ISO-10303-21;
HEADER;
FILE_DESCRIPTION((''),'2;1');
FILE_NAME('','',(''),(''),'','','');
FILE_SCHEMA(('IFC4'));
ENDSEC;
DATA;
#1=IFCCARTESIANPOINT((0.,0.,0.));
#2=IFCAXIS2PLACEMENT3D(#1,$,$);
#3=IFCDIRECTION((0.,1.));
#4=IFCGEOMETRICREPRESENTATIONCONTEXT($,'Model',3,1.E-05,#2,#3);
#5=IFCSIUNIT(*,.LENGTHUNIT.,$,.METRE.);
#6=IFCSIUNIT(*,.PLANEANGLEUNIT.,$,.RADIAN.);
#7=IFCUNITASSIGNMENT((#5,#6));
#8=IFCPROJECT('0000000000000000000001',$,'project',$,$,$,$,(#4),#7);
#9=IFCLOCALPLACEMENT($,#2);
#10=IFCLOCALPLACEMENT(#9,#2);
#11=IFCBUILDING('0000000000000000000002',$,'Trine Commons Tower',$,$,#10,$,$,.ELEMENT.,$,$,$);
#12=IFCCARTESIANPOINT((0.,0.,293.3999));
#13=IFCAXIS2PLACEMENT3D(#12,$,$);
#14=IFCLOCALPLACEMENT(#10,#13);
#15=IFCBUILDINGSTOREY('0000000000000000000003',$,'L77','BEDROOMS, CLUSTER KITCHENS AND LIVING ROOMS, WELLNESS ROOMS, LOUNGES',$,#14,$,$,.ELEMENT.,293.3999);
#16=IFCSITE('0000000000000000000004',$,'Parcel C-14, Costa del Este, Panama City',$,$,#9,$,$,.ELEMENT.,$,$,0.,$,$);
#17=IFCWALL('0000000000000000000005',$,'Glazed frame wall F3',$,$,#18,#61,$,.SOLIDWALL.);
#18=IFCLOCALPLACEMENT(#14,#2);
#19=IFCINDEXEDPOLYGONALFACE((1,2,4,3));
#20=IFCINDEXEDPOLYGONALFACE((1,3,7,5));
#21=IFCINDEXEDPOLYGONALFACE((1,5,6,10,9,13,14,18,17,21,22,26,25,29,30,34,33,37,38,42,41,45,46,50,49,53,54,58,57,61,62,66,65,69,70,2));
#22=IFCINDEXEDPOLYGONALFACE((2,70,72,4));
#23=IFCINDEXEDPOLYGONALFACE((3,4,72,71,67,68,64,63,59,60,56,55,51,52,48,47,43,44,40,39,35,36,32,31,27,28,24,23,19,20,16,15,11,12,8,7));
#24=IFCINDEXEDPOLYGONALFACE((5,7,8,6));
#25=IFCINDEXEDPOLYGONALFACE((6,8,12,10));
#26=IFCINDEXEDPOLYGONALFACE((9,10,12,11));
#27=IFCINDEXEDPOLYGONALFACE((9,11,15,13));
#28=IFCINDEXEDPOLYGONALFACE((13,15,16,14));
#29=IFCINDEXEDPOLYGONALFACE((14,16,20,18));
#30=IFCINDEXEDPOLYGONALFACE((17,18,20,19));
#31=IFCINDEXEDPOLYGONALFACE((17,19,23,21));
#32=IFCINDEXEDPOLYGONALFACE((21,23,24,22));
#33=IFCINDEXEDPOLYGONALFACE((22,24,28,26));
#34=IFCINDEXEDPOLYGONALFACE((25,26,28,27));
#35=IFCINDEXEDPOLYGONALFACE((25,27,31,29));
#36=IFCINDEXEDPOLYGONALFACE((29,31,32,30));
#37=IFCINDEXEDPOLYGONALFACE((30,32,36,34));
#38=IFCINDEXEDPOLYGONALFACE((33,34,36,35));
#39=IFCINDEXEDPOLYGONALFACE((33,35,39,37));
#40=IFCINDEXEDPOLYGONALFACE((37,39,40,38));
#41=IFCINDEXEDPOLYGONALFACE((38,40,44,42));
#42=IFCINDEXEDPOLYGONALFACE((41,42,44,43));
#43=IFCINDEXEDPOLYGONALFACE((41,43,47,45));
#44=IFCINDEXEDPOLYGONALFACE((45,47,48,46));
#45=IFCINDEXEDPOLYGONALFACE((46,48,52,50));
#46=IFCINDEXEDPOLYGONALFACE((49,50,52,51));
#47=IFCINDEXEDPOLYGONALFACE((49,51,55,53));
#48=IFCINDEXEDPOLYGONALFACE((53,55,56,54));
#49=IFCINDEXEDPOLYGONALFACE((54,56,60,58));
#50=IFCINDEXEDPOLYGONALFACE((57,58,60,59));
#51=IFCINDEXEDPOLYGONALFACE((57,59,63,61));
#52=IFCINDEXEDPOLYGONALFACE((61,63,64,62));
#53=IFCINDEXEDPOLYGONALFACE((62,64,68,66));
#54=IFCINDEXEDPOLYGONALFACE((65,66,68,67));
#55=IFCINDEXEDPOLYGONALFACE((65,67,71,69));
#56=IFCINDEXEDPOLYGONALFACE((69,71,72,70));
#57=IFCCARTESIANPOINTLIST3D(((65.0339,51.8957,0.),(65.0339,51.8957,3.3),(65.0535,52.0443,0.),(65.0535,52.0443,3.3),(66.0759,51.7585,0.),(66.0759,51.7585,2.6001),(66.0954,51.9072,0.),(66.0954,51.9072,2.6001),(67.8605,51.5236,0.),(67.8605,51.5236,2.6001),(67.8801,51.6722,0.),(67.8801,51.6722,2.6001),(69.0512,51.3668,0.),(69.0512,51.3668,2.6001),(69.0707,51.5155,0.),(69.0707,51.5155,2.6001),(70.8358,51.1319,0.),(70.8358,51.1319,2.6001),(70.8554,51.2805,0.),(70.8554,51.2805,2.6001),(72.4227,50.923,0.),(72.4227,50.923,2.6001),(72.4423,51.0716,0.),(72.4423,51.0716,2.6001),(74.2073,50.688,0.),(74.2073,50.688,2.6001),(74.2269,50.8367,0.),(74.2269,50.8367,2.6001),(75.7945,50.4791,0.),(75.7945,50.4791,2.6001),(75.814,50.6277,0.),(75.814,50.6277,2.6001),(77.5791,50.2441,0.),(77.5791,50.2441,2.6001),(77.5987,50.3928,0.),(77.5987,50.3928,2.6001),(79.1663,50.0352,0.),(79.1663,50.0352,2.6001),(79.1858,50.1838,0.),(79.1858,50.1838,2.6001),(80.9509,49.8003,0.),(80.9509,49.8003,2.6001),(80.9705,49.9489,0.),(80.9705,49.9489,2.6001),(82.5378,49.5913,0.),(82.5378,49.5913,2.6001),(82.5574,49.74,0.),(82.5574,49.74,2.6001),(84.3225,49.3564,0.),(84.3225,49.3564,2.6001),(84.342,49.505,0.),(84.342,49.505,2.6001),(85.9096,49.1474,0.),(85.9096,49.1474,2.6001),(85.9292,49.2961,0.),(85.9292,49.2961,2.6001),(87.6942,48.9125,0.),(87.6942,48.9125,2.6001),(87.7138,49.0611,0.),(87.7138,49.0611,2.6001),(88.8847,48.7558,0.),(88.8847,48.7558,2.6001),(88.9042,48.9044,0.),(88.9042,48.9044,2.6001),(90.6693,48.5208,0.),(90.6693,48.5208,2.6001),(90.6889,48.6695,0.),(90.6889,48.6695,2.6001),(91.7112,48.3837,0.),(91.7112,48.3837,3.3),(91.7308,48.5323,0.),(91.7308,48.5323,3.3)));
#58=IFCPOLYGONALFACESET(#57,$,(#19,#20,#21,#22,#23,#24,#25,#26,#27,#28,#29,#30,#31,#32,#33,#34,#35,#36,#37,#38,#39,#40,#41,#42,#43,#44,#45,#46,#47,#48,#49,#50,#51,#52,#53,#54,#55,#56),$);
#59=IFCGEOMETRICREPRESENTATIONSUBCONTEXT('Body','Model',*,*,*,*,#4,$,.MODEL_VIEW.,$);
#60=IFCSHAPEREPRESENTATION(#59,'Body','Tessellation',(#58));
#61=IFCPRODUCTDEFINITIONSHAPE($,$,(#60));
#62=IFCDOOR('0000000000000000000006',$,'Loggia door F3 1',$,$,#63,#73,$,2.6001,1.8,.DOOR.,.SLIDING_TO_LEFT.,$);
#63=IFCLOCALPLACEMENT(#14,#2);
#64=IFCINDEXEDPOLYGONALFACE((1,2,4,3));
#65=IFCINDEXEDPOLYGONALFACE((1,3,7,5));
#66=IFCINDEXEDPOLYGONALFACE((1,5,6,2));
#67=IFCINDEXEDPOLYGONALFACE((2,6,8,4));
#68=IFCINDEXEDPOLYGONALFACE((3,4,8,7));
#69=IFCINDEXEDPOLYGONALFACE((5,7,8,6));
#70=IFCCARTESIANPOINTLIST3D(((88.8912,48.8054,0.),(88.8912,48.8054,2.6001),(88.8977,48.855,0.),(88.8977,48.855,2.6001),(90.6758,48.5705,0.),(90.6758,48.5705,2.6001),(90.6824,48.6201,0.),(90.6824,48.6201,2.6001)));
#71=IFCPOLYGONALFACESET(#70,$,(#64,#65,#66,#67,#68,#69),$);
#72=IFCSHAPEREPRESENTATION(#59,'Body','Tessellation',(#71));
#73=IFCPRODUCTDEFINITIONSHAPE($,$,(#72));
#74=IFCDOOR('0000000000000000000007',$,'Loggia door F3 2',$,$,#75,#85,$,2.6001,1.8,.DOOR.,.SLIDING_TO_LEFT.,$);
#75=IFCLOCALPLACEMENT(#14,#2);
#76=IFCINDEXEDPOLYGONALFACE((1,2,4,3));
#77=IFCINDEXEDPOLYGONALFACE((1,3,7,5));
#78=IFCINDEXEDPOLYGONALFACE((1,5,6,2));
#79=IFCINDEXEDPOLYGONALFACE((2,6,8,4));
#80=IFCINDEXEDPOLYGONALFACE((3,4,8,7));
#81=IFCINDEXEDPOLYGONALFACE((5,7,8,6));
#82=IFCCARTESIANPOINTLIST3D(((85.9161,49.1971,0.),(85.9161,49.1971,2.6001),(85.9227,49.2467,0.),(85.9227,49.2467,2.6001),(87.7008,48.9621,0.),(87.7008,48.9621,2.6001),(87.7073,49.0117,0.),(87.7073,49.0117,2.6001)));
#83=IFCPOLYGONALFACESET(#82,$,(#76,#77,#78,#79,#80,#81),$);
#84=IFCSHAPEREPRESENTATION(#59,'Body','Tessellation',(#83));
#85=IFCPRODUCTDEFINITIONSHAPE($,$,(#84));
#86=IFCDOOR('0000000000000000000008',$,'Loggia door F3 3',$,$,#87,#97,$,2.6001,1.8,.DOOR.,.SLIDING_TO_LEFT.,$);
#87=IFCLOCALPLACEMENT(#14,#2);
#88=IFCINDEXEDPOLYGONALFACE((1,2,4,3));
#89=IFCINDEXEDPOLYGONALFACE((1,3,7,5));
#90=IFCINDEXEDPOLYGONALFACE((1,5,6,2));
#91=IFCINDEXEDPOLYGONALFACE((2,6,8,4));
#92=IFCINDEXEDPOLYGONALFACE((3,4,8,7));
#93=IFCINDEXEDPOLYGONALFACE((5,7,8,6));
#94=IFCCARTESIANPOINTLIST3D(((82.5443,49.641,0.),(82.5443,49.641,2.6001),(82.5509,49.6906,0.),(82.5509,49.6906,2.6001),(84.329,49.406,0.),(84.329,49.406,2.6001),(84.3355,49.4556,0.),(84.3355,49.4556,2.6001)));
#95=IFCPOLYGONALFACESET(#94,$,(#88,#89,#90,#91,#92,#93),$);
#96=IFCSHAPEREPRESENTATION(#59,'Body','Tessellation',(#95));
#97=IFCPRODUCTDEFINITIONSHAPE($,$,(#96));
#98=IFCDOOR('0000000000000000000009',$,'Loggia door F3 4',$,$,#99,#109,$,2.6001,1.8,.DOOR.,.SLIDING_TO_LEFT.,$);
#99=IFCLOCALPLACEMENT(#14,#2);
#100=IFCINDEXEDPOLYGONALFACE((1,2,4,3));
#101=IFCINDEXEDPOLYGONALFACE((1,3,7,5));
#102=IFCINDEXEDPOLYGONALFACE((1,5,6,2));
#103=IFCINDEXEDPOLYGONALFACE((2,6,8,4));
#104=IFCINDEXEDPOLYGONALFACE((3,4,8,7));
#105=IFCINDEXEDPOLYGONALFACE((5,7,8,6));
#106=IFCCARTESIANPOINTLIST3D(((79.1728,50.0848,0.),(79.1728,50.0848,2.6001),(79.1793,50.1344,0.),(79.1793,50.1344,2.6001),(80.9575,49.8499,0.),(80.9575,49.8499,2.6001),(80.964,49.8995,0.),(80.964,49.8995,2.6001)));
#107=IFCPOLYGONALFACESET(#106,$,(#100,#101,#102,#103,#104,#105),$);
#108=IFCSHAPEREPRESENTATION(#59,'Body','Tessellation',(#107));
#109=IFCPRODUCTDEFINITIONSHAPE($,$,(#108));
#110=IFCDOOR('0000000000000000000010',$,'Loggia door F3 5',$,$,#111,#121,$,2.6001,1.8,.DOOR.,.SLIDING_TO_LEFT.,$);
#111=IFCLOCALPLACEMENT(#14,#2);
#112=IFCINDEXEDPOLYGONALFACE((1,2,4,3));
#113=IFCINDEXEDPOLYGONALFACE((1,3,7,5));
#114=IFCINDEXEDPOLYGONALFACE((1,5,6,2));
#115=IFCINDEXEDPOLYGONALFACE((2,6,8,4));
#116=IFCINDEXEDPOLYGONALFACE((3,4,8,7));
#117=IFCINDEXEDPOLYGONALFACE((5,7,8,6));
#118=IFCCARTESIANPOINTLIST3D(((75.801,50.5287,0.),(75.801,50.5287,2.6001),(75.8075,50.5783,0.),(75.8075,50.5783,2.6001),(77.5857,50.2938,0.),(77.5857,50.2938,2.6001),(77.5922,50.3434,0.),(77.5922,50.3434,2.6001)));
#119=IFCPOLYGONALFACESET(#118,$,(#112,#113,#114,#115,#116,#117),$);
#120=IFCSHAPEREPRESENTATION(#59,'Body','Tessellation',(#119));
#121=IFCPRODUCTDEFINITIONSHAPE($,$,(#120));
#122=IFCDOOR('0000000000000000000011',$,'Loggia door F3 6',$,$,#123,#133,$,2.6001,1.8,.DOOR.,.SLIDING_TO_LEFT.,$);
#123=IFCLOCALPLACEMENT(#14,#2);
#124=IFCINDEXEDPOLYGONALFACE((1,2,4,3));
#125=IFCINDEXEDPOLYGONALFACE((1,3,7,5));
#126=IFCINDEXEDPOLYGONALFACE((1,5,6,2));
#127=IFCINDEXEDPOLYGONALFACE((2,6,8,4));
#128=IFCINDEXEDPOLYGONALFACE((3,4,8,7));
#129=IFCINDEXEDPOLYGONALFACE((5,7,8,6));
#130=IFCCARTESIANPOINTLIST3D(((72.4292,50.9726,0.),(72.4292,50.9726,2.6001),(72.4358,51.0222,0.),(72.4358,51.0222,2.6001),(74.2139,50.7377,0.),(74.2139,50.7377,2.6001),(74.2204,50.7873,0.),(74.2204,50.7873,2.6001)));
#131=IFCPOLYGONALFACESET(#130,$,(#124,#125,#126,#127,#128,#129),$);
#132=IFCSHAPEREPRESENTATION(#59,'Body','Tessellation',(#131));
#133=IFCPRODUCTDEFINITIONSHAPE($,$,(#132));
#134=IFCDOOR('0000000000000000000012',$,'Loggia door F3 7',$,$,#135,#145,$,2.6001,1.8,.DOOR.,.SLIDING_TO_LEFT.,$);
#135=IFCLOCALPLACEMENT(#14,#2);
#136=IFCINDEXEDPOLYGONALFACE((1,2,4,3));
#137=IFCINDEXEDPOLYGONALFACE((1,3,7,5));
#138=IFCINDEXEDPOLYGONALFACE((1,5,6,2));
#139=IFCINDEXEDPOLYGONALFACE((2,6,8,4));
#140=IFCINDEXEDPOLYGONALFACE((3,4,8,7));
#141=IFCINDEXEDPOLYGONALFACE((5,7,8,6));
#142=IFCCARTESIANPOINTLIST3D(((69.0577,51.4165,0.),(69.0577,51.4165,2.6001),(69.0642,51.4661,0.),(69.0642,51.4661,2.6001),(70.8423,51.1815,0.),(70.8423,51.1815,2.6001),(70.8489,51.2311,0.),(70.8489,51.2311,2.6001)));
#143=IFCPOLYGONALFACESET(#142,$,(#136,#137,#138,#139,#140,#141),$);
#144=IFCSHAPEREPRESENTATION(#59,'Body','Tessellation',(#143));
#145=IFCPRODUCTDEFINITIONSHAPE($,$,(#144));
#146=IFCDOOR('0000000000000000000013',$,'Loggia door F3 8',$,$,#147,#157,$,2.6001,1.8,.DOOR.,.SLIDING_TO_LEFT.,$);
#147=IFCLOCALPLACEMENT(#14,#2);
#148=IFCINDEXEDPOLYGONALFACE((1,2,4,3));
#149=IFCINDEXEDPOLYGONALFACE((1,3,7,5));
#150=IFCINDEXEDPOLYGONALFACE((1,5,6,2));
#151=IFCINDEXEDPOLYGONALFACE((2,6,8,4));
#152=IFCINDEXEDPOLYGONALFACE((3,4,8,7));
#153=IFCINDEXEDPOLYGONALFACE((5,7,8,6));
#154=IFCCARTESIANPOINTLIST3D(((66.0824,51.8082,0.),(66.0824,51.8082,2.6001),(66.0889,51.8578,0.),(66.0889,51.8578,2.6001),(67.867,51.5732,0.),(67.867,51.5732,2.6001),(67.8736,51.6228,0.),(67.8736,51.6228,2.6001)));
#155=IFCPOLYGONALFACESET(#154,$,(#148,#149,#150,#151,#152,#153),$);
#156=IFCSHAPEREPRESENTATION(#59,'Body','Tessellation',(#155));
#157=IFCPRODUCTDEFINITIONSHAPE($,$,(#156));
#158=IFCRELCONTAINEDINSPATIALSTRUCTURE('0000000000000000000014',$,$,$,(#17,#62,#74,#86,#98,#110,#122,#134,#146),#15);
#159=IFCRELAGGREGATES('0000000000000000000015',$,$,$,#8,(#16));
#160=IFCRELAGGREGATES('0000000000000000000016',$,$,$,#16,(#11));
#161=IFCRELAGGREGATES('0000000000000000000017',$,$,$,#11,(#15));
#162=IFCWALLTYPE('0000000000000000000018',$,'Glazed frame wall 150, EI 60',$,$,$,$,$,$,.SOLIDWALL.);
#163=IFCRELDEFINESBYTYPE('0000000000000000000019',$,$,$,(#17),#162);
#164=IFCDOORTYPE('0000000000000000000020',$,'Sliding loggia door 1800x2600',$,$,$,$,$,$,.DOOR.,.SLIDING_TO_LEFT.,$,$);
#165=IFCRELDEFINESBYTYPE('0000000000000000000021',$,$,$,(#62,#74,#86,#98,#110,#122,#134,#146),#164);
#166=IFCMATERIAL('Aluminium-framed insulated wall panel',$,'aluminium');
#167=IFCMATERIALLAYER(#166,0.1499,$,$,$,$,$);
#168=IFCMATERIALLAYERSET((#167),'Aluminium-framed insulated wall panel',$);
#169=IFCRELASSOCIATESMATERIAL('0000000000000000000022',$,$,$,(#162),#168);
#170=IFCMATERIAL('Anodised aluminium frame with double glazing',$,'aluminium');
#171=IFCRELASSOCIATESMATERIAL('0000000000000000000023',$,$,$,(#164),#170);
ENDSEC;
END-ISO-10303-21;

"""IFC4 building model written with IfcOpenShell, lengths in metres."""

from ifc_helpers import new_model, si_unit, direction, frame, frame_2d, origin, place, context, subcontext, project, spatial, polyline, rectangle, outline, extrude, material, layer, layer_set, type_object, element, fill, save


model = new_model("IFC4")

# Units and contexts
model_context = context("Model", 3, precision=1e-05, world=origin(), true_north=direction((0.0, 1.0)))
body_context = subcontext(model_context, "Body", "Model", "MODEL_VIEW")
ifc_project = project(units=[si_unit("LENGTHUNIT", "METRE"), si_unit("PLANEANGLEUNIT", "RADIAN")], contexts=[model_context])

# Site, building, storey
site_placement = place(None, origin())
site = spatial("IfcSite", under=ifc_project, at=site_placement, Name="Parcel C-14, Costa del Este, Panama City", CompositionType="ELEMENT", RefElevation=0.0)
building_placement = place(site_placement, origin())
building = spatial("IfcBuilding", under=site, at=building_placement, Name="Trine Commons Tower", CompositionType="ELEMENT")
storey_placement = place(building_placement, frame((0.0, 0.0, 293.3999)))
storey = spatial("IfcBuildingStorey", under=building, at=storey_placement, Name="L77", Description="BEDROOMS, CLUSTER KITCHENS AND LIVING ROOMS, WELLNESS ROOMS, LOUNGES", CompositionType="ELEMENT", Elevation=293.3999)

# Shared definitions
ifc_material_1 = material(Name="Aluminium-framed insulated wall panel", Category="aluminium")
ifc_layer_1 = layer(ifc_material_1, 0.1499)
ifc_layer_set_1 = layer_set([ifc_layer_1], Name="Aluminium-framed insulated wall panel")
wall_type_1 = type_object("IfcWallType", Name="Glazed frame wall 150, EI 60", PredefinedType="SOLIDWALL", material=ifc_layer_set_1)
ifc_material_2 = material(Name="Anodised aluminium frame with double glazing", Category="aluminium")
door_type_1 = type_object("IfcDoorType", Name="Sliding loggia door 1800x2600", OperationType="SLIDING_TO_LEFT", PredefinedType="DOOR", material=ifc_material_2)

# Wall, openings, doors
wall_1_placement = place(storey_placement, frame((91.8691, 48.4385, 0.0), z_axis=(0.0, 0.0, 1.0), x_axis=(-0.991445, 0.130523, 0.0)))
wall_1 = element("IfcWall", 1, at=wall_1_placement, inside=storey, type_object=wall_type_1, Name="Glazed frame wall F3", PredefinedType="SOLIDWALL", context=body_context, shape_type="SweptSolid", body=[
    extrude(outline(polyline([(0.1494, 0.075), (0.1494, -0.075), (27.0569, -0.075), (27.0569, 0.075), (0.1494, 0.075)])), origin(), (0.0, 0.0, 1.0), 3.3),
])
opening_1_placement = place(wall_1_placement, frame((1.2004, 0.0, 0.0)))
opening_1 = element("IfcOpeningElement", 2, at=opening_1_placement, cuts=wall_1, PredefinedType="OPENING", context=body_context, shape_type="SweptSolid", body=[
    extrude(rectangle(XDim=1.8, YDim=2.6001, at=frame_2d((0.8999, 1.3))), frame((0.0, 0.085, 0.0), z_axis=(0.0, -1.0, 0.0), x_axis=(1.0, 0.0, 0.0)), (0.0, 0.0, 1.0), 0.1699),
])
opening_2_placement = place(wall_1_placement, frame((4.2012, 0.0, 0.0)))
opening_2 = element("IfcOpeningElement", 3, at=opening_2_placement, cuts=wall_1, PredefinedType="OPENING", context=body_context, shape_type="SweptSolid", body=[
    extrude(rectangle(XDim=1.8, YDim=2.6001, at=frame_2d((0.8999, 1.3))), frame((0.0, 0.085, 0.0), z_axis=(0.0, -1.0, 0.0), x_axis=(1.0, 0.0, 0.0)), (0.0, 0.0, 1.0), 0.1699),
])
opening_3_placement = place(wall_1_placement, frame((7.6021, 0.0, 0.0)))
opening_3 = element("IfcOpeningElement", 4, at=opening_3_placement, cuts=wall_1, PredefinedType="OPENING", context=body_context, shape_type="SweptSolid", body=[
    extrude(rectangle(XDim=1.8, YDim=2.6001, at=frame_2d((0.8999, 1.3))), frame((0.0, 0.085, 0.0), z_axis=(0.0, -1.0, 0.0), x_axis=(1.0, 0.0, 0.0)), (0.0, 0.0, 1.0), 0.1699),
])
opening_4_placement = place(wall_1_placement, frame((11.0027, 0.0, 0.0)))
opening_4 = element("IfcOpeningElement", 5, at=opening_4_placement, cuts=wall_1, PredefinedType="OPENING", context=body_context, shape_type="SweptSolid", body=[
    extrude(rectangle(XDim=1.8, YDim=2.6001, at=frame_2d((0.8999, 1.3))), frame((0.0, 0.085, 0.0), z_axis=(0.0, -1.0, 0.0), x_axis=(1.0, 0.0, 0.0)), (0.0, 0.0, 1.0), 0.1699),
])
opening_5_placement = place(wall_1_placement, frame((14.4036, 0.0, 0.0)))
opening_5 = element("IfcOpeningElement", 6, at=opening_5_placement, cuts=wall_1, PredefinedType="OPENING", context=body_context, shape_type="SweptSolid", body=[
    extrude(rectangle(XDim=1.8, YDim=2.6001, at=frame_2d((0.8999, 1.3))), frame((0.0, 0.085, 0.0), z_axis=(0.0, -1.0, 0.0), x_axis=(1.0, 0.0, 0.0)), (0.0, 0.0, 1.0), 0.1699),
])
opening_6_placement = place(wall_1_placement, frame((17.8044, 0.0, 0.0)))
opening_6 = element("IfcOpeningElement", 7, at=opening_6_placement, cuts=wall_1, PredefinedType="OPENING", context=body_context, shape_type="SweptSolid", body=[
    extrude(rectangle(XDim=1.8, YDim=2.6001, at=frame_2d((0.8999, 1.3))), frame((0.0, 0.085, 0.0), z_axis=(0.0, -1.0, 0.0), x_axis=(1.0, 0.0, 0.0)), (0.0, 0.0, 1.0), 0.1699),
])
opening_7_placement = place(wall_1_placement, frame((21.2051, 0.0, 0.0)))
opening_7 = element("IfcOpeningElement", 8, at=opening_7_placement, cuts=wall_1, PredefinedType="OPENING", context=body_context, shape_type="SweptSolid", body=[
    extrude(rectangle(XDim=1.8, YDim=2.6001, at=frame_2d((0.8999, 1.3))), frame((0.0, 0.085, 0.0), z_axis=(0.0, -1.0, 0.0), x_axis=(1.0, 0.0, 0.0)), (0.0, 0.0, 1.0), 0.1699),
])
opening_8_placement = place(wall_1_placement, frame((24.2061, 0.0, 0.0)))
opening_8 = element("IfcOpeningElement", 9, at=opening_8_placement, cuts=wall_1, PredefinedType="OPENING", context=body_context, shape_type="SweptSolid", body=[
    extrude(rectangle(XDim=1.8, YDim=2.6001, at=frame_2d((0.8999, 1.3))), frame((0.0, 0.085, 0.0), z_axis=(0.0, -1.0, 0.0), x_axis=(1.0, 0.0, 0.0)), (0.0, 0.0, 1.0), 0.1699),
])
door_1_placement = place(opening_1_placement, origin())
door_1 = element("IfcDoor", 10, at=door_1_placement, inside=storey, type_object=door_type_1, Name="Loggia door F3 1", OperationType="SLIDING_TO_LEFT", OverallHeight=2.6001, OverallWidth=1.8, PredefinedType="DOOR", context=body_context, shape_type="SweptSolid", body=[
    extrude(rectangle(XDim=1.8, YDim=2.6001, at=frame_2d((0.8999, 1.3))), frame((0.0, 0.0249, 0.0), z_axis=(0.0, -1.0, 0.0), x_axis=(1.0, 0.0, 0.0)), (0.0, 0.0, 1.0), 0.05),
])
fill(opening_1, door_1)
door_2_placement = place(opening_2_placement, origin())
door_2 = element("IfcDoor", 11, at=door_2_placement, inside=storey, type_object=door_type_1, Name="Loggia door F3 2", OperationType="SLIDING_TO_LEFT", OverallHeight=2.6001, OverallWidth=1.8, PredefinedType="DOOR", context=body_context, shape_type="SweptSolid", body=[
    extrude(rectangle(XDim=1.8, YDim=2.6001, at=frame_2d((0.8999, 1.3))), frame((0.0, 0.0249, 0.0), z_axis=(0.0, -1.0, 0.0), x_axis=(1.0, 0.0, 0.0)), (0.0, 0.0, 1.0), 0.05),
])
fill(opening_2, door_2)
door_3_placement = place(opening_3_placement, origin())
door_3 = element("IfcDoor", 12, at=door_3_placement, inside=storey, type_object=door_type_1, Name="Loggia door F3 3", OperationType="SLIDING_TO_LEFT", OverallHeight=2.6001, OverallWidth=1.8, PredefinedType="DOOR", context=body_context, shape_type="SweptSolid", body=[
    extrude(rectangle(XDim=1.8, YDim=2.6001, at=frame_2d((0.8999, 1.3))), frame((0.0, 0.0249, 0.0), z_axis=(0.0, -1.0, 0.0), x_axis=(1.0, 0.0, 0.0)), (0.0, 0.0, 1.0), 0.05),
])
fill(opening_3, door_3)
door_4_placement = place(opening_4_placement, origin())
door_4 = element("IfcDoor", 13, at=door_4_placement, inside=storey, type_object=door_type_1, Name="Loggia door F3 4", OperationType="SLIDING_TO_LEFT", OverallHeight=2.6001, OverallWidth=1.8, PredefinedType="DOOR", context=body_context, shape_type="SweptSolid", body=[
    extrude(rectangle(XDim=1.8, YDim=2.6001, at=frame_2d((0.8999, 1.3))), frame((0.0, 0.0249, 0.0), z_axis=(0.0, -1.0, 0.0), x_axis=(1.0, 0.0, 0.0)), (0.0, 0.0, 1.0), 0.05),
])
fill(opening_4, door_4)
door_5_placement = place(opening_5_placement, origin())
door_5 = element("IfcDoor", 14, at=door_5_placement, inside=storey, type_object=door_type_1, Name="Loggia door F3 5", OperationType="SLIDING_TO_LEFT", OverallHeight=2.6001, OverallWidth=1.8, PredefinedType="DOOR", context=body_context, shape_type="SweptSolid", body=[
    extrude(rectangle(XDim=1.8, YDim=2.6001, at=frame_2d((0.8999, 1.3))), frame((0.0, 0.0249, 0.0), z_axis=(0.0, -1.0, 0.0), x_axis=(1.0, 0.0, 0.0)), (0.0, 0.0, 1.0), 0.05),
])
fill(opening_5, door_5)
door_6_placement = place(opening_6_placement, origin())
door_6 = element("IfcDoor", 15, at=door_6_placement, inside=storey, type_object=door_type_1, Name="Loggia door F3 6", OperationType="SLIDING_TO_LEFT", OverallHeight=2.6001, OverallWidth=1.8, PredefinedType="DOOR", context=body_context, shape_type="SweptSolid", body=[
    extrude(rectangle(XDim=1.8, YDim=2.6001, at=frame_2d((0.8999, 1.3))), frame((0.0, 0.0249, 0.0), z_axis=(0.0, -1.0, 0.0), x_axis=(1.0, 0.0, 0.0)), (0.0, 0.0, 1.0), 0.05),
])
fill(opening_6, door_6)
door_7_placement = place(opening_7_placement, origin())
door_7 = element("IfcDoor", 16, at=door_7_placement, inside=storey, type_object=door_type_1, Name="Loggia door F3 7", OperationType="SLIDING_TO_LEFT", OverallHeight=2.6001, OverallWidth=1.8, PredefinedType="DOOR", context=body_context, shape_type="SweptSolid", body=[
    extrude(rectangle(XDim=1.8, YDim=2.6001, at=frame_2d((0.8999, 1.3))), frame((0.0, 0.0249, 0.0), z_axis=(0.0, -1.0, 0.0), x_axis=(1.0, 0.0, 0.0)), (0.0, 0.0, 1.0), 0.05),
])
fill(opening_7, door_7)
door_8_placement = place(opening_8_placement, origin())
door_8 = element("IfcDoor", 17, at=door_8_placement, inside=storey, type_object=door_type_1, Name="Loggia door F3 8", OperationType="SLIDING_TO_LEFT", OverallHeight=2.6001, OverallWidth=1.8, PredefinedType="DOOR", context=body_context, shape_type="SweptSolid", body=[
    extrude(rectangle(XDim=1.8, YDim=2.6001, at=frame_2d((0.8999, 1.3))), frame((0.0, 0.0249, 0.0), z_axis=(0.0, -1.0, 0.0), x_axis=(1.0, 0.0, 0.0)), (0.0, 0.0, 1.0), 0.05),
])
fill(opening_8, door_8)

save(model, "model.ifc")
